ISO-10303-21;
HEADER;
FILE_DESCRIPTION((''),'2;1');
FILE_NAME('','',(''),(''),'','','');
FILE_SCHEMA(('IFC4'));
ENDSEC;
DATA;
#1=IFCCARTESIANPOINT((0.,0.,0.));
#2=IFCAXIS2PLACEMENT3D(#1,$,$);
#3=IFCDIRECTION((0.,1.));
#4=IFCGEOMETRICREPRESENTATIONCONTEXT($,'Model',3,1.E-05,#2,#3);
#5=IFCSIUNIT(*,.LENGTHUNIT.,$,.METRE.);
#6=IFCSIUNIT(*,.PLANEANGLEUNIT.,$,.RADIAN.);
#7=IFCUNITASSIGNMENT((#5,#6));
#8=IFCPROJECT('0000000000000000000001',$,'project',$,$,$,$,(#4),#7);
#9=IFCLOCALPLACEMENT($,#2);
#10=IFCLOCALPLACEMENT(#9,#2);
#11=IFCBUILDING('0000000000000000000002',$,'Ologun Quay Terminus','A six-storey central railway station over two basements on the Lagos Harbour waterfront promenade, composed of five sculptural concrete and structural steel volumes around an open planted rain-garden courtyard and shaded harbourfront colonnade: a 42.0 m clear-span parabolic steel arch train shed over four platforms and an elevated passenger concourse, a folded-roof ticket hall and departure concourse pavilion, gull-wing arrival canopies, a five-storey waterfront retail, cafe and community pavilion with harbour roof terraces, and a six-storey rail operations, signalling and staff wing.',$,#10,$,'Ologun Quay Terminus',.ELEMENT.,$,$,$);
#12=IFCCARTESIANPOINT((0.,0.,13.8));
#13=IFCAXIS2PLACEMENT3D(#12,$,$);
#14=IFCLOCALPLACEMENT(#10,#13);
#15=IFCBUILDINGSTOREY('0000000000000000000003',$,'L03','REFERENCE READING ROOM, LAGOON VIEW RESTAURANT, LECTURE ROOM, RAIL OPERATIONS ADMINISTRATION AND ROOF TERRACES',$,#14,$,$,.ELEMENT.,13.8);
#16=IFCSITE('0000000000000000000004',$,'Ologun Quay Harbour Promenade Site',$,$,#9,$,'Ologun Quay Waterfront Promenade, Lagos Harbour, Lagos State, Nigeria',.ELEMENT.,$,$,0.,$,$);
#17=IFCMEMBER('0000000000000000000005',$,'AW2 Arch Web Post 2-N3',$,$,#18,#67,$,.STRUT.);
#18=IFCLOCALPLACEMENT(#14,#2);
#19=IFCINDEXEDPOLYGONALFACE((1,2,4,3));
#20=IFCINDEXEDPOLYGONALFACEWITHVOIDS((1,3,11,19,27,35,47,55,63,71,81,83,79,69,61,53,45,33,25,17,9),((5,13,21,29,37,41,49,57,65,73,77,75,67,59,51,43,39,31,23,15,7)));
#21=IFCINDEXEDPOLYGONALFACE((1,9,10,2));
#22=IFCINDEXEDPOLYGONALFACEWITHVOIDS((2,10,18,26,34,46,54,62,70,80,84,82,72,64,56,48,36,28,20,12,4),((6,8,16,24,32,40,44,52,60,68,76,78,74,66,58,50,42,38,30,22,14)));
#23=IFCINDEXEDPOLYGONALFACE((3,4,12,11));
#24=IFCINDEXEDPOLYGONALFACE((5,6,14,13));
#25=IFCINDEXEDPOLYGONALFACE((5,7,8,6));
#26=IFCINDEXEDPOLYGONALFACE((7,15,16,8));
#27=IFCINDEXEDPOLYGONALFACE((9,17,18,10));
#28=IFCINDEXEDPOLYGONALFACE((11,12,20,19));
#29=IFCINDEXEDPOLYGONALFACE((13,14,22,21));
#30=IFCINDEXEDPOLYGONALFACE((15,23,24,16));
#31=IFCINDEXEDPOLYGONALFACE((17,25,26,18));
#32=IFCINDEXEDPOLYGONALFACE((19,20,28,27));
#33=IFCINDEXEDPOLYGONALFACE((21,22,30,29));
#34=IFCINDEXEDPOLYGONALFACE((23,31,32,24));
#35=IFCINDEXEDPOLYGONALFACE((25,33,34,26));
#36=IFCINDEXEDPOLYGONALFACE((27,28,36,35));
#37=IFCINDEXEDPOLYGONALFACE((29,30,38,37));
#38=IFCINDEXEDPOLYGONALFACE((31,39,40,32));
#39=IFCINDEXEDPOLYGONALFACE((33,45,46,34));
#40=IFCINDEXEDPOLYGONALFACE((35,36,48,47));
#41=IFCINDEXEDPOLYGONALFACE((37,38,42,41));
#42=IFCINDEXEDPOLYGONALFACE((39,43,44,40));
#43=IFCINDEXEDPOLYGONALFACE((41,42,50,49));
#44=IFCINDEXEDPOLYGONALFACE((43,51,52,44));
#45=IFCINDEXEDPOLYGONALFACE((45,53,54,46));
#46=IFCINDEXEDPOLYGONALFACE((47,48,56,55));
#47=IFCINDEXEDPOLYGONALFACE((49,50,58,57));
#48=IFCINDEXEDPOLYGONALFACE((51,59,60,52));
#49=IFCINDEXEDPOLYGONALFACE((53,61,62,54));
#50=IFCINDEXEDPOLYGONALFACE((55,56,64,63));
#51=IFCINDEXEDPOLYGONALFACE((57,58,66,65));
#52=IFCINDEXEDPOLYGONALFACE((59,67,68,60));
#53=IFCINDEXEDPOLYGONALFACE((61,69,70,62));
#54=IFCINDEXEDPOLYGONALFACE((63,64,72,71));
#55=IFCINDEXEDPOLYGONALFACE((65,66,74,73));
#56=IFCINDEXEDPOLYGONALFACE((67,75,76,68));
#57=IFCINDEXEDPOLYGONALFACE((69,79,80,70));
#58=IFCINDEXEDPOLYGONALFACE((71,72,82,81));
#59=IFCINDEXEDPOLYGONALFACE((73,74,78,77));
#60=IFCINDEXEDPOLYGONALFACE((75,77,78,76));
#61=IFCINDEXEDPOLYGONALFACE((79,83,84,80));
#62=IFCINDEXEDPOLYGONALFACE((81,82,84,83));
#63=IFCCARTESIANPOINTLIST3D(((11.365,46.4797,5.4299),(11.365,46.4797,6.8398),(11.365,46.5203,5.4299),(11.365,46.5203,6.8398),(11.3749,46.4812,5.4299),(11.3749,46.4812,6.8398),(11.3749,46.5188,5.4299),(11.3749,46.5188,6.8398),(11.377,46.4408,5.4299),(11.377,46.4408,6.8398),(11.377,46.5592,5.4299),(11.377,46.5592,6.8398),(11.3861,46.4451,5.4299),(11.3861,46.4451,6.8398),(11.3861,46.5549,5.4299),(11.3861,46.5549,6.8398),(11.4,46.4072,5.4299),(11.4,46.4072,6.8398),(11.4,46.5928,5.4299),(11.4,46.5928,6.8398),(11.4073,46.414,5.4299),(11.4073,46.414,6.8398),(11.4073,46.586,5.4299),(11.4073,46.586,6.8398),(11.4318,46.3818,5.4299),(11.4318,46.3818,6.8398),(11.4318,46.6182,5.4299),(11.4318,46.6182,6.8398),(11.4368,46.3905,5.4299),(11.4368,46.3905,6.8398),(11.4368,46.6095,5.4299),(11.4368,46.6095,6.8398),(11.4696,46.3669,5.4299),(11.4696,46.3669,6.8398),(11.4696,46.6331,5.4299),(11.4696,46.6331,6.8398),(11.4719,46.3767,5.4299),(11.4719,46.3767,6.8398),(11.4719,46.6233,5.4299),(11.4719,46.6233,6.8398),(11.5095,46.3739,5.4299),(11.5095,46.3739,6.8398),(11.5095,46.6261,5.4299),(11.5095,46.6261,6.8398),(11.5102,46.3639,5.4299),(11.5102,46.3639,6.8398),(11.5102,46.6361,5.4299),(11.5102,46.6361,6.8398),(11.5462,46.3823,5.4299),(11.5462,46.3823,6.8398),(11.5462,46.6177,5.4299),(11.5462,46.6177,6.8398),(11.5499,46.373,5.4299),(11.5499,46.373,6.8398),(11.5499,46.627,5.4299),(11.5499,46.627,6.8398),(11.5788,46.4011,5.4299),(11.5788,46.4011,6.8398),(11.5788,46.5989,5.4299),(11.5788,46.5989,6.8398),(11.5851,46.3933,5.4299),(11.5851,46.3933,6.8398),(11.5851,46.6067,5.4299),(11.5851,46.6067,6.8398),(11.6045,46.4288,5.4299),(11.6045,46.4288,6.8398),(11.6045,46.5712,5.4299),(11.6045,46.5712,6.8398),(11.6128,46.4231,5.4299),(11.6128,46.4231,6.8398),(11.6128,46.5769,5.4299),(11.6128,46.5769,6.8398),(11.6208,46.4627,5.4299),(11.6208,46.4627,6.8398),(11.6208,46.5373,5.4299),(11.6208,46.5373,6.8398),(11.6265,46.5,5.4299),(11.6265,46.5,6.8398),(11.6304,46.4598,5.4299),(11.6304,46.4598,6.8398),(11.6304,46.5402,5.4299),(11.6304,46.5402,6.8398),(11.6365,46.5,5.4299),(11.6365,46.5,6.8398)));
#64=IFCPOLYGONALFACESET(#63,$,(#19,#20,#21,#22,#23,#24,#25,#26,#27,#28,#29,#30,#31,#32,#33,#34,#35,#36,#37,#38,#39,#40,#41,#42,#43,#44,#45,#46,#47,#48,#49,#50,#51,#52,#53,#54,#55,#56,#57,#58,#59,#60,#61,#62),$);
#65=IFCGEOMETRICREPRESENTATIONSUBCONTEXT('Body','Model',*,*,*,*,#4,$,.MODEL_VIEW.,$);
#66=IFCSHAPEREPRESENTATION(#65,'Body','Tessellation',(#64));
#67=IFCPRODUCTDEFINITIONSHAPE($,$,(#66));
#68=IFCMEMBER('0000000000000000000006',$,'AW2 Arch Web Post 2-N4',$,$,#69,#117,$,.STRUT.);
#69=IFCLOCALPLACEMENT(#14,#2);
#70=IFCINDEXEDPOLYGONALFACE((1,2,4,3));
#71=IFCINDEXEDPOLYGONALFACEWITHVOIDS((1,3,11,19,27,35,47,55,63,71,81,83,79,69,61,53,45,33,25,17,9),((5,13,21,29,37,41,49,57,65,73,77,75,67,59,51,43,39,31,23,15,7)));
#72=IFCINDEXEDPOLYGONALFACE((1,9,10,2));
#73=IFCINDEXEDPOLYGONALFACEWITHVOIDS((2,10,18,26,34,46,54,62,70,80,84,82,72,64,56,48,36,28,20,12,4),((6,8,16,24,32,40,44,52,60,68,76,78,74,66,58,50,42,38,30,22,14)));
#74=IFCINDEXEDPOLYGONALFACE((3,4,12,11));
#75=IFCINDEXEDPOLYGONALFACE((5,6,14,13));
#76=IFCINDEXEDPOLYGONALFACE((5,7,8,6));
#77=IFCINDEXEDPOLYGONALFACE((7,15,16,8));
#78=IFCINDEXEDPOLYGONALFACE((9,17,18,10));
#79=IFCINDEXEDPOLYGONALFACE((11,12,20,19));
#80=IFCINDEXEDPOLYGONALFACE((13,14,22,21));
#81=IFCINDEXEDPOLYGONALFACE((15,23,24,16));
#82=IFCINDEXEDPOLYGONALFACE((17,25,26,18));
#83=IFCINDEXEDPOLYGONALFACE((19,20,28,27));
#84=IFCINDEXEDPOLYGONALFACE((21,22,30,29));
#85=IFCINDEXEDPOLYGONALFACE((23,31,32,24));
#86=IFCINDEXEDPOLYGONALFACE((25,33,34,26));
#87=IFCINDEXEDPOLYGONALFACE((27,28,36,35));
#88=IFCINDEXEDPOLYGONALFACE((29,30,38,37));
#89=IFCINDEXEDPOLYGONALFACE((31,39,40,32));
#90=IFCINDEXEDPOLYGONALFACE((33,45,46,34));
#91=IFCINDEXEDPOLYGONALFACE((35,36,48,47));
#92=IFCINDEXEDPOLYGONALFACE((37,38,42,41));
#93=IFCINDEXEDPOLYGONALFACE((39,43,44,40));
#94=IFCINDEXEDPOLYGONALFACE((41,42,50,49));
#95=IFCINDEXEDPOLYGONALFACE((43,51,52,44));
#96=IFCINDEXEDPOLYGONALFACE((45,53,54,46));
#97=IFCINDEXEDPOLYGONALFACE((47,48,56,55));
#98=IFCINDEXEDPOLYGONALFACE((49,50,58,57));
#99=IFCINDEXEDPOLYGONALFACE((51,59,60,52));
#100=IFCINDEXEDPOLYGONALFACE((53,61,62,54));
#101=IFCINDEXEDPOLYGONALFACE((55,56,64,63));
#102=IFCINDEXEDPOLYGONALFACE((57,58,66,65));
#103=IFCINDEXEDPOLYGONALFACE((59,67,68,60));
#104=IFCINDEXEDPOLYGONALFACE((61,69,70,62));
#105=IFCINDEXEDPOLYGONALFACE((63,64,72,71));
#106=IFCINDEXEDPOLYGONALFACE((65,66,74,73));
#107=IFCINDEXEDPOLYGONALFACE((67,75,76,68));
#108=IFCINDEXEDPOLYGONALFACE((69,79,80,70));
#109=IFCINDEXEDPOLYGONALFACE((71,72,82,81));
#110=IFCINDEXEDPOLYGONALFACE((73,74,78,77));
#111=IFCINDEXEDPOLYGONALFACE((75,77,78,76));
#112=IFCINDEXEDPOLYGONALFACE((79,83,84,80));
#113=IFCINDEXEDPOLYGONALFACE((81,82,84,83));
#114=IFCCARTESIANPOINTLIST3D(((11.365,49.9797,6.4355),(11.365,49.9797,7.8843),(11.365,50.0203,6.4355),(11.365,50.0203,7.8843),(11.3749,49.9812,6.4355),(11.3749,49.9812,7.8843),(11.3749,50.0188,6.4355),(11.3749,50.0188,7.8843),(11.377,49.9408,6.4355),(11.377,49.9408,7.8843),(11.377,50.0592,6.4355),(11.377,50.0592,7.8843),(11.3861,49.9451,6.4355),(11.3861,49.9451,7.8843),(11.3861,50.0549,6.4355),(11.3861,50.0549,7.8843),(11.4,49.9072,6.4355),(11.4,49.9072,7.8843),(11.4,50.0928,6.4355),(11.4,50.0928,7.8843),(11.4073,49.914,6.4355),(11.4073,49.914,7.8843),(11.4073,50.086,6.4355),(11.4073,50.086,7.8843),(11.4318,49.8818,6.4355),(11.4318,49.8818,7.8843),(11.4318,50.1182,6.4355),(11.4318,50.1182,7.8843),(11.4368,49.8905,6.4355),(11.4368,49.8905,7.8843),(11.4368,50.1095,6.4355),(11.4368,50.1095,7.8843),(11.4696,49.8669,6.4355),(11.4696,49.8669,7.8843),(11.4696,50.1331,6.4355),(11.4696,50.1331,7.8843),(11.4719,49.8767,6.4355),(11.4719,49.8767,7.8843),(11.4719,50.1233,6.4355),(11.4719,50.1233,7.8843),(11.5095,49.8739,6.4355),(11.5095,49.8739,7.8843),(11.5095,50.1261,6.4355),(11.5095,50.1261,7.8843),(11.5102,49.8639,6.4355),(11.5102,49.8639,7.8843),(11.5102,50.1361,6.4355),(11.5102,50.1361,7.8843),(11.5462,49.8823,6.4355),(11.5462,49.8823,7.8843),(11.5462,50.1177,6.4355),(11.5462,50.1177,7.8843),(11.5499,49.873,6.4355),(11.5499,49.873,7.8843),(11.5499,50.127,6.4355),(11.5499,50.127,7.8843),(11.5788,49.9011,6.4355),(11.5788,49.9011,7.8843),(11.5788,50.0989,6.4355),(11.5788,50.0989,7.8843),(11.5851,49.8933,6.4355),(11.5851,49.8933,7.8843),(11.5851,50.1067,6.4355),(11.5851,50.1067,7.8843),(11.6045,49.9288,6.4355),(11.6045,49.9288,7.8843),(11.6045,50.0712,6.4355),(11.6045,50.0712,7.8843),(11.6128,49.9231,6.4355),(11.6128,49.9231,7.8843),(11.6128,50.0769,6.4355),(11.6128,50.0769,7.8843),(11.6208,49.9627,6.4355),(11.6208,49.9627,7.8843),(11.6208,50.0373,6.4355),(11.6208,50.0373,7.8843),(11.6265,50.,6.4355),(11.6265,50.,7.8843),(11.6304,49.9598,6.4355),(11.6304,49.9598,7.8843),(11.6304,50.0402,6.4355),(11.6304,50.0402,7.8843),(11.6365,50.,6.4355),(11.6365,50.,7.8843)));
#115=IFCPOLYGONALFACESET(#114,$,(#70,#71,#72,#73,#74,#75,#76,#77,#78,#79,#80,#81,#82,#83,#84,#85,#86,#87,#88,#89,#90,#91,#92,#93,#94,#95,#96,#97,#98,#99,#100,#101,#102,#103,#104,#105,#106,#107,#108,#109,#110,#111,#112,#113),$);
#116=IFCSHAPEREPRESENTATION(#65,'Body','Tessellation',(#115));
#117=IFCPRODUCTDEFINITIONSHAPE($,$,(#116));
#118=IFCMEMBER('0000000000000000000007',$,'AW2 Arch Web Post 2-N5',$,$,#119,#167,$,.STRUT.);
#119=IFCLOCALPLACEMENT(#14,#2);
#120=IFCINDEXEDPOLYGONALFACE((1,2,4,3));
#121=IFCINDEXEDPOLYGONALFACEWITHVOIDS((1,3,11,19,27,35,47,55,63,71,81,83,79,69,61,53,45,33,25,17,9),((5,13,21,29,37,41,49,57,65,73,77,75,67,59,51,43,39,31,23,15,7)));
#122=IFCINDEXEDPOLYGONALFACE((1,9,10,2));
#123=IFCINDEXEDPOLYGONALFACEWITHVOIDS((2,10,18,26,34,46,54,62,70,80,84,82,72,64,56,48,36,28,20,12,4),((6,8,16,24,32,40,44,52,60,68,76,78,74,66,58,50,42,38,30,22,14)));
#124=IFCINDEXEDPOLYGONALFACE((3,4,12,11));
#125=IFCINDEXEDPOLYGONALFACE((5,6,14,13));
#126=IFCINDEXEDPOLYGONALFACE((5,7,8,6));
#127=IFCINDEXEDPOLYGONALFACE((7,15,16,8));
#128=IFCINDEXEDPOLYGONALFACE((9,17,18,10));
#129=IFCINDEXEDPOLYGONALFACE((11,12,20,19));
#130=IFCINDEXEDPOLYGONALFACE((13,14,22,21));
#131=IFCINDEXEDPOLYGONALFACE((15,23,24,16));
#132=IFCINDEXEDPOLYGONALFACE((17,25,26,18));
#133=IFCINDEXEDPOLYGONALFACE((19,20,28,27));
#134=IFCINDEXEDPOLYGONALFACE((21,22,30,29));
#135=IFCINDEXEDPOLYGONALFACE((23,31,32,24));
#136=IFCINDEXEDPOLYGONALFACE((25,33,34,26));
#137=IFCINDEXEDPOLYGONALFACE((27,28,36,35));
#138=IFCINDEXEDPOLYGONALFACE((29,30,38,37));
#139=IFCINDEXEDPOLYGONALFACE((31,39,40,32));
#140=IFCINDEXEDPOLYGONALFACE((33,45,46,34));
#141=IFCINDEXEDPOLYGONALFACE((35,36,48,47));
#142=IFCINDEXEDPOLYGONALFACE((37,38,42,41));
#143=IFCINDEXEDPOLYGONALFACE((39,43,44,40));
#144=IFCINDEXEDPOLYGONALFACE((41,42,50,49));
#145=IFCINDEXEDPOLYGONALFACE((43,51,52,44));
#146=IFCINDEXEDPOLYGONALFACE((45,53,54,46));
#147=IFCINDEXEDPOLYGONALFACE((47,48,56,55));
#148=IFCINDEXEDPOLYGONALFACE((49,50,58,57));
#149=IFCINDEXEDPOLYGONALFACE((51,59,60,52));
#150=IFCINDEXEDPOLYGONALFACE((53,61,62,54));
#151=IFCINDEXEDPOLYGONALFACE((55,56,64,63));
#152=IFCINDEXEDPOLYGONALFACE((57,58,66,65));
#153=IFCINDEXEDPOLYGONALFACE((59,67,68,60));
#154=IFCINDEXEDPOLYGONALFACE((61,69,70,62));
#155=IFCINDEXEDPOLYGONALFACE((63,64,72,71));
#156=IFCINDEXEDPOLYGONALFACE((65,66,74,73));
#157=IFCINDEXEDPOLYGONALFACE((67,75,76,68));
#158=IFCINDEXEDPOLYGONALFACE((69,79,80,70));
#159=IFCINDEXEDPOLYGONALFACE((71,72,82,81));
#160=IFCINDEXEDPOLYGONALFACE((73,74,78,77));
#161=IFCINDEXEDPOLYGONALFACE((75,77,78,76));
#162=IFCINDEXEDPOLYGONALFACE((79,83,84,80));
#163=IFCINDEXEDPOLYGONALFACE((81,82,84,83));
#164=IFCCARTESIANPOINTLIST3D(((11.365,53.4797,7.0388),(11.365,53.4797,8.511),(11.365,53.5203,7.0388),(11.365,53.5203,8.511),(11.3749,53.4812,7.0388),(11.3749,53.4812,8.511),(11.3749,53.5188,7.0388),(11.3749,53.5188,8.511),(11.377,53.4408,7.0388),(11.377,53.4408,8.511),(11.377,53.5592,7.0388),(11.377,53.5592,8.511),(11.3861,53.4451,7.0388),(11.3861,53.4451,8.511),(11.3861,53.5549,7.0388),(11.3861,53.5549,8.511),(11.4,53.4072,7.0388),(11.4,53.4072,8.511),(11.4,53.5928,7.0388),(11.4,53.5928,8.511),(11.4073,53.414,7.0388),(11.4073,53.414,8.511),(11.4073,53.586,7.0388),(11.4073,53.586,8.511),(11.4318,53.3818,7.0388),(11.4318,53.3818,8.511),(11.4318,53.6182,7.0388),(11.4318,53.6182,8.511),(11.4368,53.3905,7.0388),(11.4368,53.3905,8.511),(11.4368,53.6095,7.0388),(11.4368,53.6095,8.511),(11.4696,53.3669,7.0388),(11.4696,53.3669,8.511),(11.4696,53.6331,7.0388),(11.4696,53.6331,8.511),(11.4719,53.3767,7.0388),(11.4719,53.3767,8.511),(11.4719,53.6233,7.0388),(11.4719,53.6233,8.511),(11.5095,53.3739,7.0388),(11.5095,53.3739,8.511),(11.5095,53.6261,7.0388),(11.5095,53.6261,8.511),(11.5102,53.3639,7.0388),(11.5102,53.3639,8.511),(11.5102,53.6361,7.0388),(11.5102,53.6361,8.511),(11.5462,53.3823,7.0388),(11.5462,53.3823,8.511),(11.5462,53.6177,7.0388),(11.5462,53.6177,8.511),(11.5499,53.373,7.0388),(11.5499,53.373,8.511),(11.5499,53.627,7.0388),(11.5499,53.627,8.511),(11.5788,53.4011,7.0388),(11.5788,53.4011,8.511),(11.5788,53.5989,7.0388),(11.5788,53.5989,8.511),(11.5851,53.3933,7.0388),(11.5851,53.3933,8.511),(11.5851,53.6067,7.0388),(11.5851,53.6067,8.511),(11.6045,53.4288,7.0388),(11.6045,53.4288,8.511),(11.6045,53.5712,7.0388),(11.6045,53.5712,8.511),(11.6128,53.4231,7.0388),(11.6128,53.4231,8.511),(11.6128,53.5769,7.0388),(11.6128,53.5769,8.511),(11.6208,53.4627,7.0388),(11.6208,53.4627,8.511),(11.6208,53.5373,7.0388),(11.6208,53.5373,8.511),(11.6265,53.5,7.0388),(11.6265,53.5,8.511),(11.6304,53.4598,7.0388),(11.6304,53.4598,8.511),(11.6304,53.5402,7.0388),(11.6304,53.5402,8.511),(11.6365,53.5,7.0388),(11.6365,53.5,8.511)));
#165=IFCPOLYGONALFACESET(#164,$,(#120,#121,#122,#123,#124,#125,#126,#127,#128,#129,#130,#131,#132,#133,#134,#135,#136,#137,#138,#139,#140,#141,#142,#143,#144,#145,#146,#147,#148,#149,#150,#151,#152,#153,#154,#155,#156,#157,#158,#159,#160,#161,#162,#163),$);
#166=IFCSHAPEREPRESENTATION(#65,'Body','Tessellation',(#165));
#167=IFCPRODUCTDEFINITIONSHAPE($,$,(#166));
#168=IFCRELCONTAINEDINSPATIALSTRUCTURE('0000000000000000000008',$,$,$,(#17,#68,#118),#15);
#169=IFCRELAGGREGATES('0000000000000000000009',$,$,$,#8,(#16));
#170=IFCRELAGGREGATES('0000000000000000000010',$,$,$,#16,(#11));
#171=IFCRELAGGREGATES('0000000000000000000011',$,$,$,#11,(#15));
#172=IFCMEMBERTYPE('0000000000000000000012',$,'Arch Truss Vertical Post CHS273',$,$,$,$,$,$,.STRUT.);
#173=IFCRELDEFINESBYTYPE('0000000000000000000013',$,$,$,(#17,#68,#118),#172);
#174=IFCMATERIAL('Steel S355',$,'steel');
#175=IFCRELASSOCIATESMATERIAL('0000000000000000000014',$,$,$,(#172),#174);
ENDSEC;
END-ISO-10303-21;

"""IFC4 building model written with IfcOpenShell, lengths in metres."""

from ifc_helpers import new_model, si_unit, direction, frame, origin, origin_2d, place, context, subcontext, project, spatial, hollow_circle, extrude, material, material_profile, profile_set, type_object, element, save


model = new_model("IFC4")

# Units and contexts
model_context = context("Model", 3, precision=1e-05, world=origin(), true_north=direction((0.0, 1.0)))
body_context = subcontext(model_context, "Body", "Model", "MODEL_VIEW")
ifc_project = project(units=[si_unit("LENGTHUNIT", "METRE"), si_unit("PLANEANGLEUNIT", "RADIAN")], contexts=[model_context])

# Site, building, storey
site_placement = place(None, origin())
site = spatial("IfcSite", under=ifc_project, at=site_placement, Name="Ologun Quay Harbour Promenade Site", LongName="Ologun Quay Waterfront Promenade, Lagos Harbour, Lagos State, Nigeria", CompositionType="ELEMENT", RefElevation=0.0)
building_placement = place(site_placement, origin())
building = spatial("IfcBuilding", under=site, at=building_placement, Name="Ologun Quay Terminus", Description="A six-storey central railway station over two basements on the Lagos Harbour waterfront promenade, composed of five sculptural concrete and structural steel volumes around an open planted rain-garden courtyard and shaded harbourfront colonnade: a 42.0 m clear-span parabolic steel arch train shed over four platforms and an elevated passenger concourse, a folded-roof ticket hall and departure concourse pavilion, gull-wing arrival canopies, a five-storey waterfront retail, cafe and community pavilion with harbour roof terraces, and a six-storey rail operations, signalling and staff wing.", LongName="Ologun Quay Terminus", CompositionType="ELEMENT")
storey_placement = place(building_placement, frame((0.0, 0.0, 13.8)))
storey = spatial("IfcBuildingStorey", under=building, at=storey_placement, Name="L03", Description="REFERENCE READING ROOM, LAGOON VIEW RESTAURANT, LECTURE ROOM, RAIL OPERATIONS ADMINISTRATION AND ROOF TERRACES", CompositionType="ELEMENT", Elevation=13.8)

# Members
ifc_material_1 = material(Name="Steel S355", Category="steel")
ifc_material_profile_1 = material_profile(ifc_material_1, hollow_circle(Radius=0.1365, WallThickness=0.01, at=origin_2d()), Name="CHS 273x10")
ifc_profile_set_1 = profile_set([ifc_material_profile_1], Name="Steel S355")
member_type_1 = type_object("IfcMemberType", Name="Arch Truss Vertical Post CHS273", PredefinedType="STRUT", material=ifc_profile_set_1)
member_1_placement = place(storey_placement, frame((11.5, 46.5, 5.4299), z_axis=(0.0, 0.0, 1.0), x_axis=(1.0, 0.0, 0.0)))
element("IfcMember", 1, at=member_1_placement, inside=storey, type_object=member_type_1, Name="AW2 Arch Web Post 2-N3", PredefinedType="STRUT", context=body_context, shape_type="SweptSolid", body=[
    extrude(hollow_circle(Radius=0.1365, WallThickness=0.01, at=origin_2d()), origin(), (0.0, 0.0, 1.0), 1.4099),
])
member_2_placement = place(storey_placement, frame((11.5, 50.0, 6.4355), z_axis=(0.0, 0.0, 1.0), x_axis=(1.0, 0.0, 0.0)))
element("IfcMember", 2, at=member_2_placement, inside=storey, type_object=member_type_1, Name="AW2 Arch Web Post 2-N4", PredefinedType="STRUT", context=body_context, shape_type="SweptSolid", body=[
    extrude(hollow_circle(Radius=0.1365, WallThickness=0.01, at=origin_2d()), origin(), (0.0, 0.0, 1.0), 1.4487),
])
member_3_placement = place(storey_placement, frame((11.5, 53.5, 7.0388), z_axis=(0.0, 0.0, 1.0), x_axis=(1.0, 0.0, 0.0)))
element("IfcMember", 3, at=member_3_placement, inside=storey, type_object=member_type_1, Name="AW2 Arch Web Post 2-N5", PredefinedType="STRUT", context=body_context, shape_type="SweptSolid", body=[
    extrude(hollow_circle(Radius=0.1365, WallThickness=0.01, at=origin_2d()), origin(), (0.0, 0.0, 1.0), 1.4722),
])

save(model, "model.ifc")
